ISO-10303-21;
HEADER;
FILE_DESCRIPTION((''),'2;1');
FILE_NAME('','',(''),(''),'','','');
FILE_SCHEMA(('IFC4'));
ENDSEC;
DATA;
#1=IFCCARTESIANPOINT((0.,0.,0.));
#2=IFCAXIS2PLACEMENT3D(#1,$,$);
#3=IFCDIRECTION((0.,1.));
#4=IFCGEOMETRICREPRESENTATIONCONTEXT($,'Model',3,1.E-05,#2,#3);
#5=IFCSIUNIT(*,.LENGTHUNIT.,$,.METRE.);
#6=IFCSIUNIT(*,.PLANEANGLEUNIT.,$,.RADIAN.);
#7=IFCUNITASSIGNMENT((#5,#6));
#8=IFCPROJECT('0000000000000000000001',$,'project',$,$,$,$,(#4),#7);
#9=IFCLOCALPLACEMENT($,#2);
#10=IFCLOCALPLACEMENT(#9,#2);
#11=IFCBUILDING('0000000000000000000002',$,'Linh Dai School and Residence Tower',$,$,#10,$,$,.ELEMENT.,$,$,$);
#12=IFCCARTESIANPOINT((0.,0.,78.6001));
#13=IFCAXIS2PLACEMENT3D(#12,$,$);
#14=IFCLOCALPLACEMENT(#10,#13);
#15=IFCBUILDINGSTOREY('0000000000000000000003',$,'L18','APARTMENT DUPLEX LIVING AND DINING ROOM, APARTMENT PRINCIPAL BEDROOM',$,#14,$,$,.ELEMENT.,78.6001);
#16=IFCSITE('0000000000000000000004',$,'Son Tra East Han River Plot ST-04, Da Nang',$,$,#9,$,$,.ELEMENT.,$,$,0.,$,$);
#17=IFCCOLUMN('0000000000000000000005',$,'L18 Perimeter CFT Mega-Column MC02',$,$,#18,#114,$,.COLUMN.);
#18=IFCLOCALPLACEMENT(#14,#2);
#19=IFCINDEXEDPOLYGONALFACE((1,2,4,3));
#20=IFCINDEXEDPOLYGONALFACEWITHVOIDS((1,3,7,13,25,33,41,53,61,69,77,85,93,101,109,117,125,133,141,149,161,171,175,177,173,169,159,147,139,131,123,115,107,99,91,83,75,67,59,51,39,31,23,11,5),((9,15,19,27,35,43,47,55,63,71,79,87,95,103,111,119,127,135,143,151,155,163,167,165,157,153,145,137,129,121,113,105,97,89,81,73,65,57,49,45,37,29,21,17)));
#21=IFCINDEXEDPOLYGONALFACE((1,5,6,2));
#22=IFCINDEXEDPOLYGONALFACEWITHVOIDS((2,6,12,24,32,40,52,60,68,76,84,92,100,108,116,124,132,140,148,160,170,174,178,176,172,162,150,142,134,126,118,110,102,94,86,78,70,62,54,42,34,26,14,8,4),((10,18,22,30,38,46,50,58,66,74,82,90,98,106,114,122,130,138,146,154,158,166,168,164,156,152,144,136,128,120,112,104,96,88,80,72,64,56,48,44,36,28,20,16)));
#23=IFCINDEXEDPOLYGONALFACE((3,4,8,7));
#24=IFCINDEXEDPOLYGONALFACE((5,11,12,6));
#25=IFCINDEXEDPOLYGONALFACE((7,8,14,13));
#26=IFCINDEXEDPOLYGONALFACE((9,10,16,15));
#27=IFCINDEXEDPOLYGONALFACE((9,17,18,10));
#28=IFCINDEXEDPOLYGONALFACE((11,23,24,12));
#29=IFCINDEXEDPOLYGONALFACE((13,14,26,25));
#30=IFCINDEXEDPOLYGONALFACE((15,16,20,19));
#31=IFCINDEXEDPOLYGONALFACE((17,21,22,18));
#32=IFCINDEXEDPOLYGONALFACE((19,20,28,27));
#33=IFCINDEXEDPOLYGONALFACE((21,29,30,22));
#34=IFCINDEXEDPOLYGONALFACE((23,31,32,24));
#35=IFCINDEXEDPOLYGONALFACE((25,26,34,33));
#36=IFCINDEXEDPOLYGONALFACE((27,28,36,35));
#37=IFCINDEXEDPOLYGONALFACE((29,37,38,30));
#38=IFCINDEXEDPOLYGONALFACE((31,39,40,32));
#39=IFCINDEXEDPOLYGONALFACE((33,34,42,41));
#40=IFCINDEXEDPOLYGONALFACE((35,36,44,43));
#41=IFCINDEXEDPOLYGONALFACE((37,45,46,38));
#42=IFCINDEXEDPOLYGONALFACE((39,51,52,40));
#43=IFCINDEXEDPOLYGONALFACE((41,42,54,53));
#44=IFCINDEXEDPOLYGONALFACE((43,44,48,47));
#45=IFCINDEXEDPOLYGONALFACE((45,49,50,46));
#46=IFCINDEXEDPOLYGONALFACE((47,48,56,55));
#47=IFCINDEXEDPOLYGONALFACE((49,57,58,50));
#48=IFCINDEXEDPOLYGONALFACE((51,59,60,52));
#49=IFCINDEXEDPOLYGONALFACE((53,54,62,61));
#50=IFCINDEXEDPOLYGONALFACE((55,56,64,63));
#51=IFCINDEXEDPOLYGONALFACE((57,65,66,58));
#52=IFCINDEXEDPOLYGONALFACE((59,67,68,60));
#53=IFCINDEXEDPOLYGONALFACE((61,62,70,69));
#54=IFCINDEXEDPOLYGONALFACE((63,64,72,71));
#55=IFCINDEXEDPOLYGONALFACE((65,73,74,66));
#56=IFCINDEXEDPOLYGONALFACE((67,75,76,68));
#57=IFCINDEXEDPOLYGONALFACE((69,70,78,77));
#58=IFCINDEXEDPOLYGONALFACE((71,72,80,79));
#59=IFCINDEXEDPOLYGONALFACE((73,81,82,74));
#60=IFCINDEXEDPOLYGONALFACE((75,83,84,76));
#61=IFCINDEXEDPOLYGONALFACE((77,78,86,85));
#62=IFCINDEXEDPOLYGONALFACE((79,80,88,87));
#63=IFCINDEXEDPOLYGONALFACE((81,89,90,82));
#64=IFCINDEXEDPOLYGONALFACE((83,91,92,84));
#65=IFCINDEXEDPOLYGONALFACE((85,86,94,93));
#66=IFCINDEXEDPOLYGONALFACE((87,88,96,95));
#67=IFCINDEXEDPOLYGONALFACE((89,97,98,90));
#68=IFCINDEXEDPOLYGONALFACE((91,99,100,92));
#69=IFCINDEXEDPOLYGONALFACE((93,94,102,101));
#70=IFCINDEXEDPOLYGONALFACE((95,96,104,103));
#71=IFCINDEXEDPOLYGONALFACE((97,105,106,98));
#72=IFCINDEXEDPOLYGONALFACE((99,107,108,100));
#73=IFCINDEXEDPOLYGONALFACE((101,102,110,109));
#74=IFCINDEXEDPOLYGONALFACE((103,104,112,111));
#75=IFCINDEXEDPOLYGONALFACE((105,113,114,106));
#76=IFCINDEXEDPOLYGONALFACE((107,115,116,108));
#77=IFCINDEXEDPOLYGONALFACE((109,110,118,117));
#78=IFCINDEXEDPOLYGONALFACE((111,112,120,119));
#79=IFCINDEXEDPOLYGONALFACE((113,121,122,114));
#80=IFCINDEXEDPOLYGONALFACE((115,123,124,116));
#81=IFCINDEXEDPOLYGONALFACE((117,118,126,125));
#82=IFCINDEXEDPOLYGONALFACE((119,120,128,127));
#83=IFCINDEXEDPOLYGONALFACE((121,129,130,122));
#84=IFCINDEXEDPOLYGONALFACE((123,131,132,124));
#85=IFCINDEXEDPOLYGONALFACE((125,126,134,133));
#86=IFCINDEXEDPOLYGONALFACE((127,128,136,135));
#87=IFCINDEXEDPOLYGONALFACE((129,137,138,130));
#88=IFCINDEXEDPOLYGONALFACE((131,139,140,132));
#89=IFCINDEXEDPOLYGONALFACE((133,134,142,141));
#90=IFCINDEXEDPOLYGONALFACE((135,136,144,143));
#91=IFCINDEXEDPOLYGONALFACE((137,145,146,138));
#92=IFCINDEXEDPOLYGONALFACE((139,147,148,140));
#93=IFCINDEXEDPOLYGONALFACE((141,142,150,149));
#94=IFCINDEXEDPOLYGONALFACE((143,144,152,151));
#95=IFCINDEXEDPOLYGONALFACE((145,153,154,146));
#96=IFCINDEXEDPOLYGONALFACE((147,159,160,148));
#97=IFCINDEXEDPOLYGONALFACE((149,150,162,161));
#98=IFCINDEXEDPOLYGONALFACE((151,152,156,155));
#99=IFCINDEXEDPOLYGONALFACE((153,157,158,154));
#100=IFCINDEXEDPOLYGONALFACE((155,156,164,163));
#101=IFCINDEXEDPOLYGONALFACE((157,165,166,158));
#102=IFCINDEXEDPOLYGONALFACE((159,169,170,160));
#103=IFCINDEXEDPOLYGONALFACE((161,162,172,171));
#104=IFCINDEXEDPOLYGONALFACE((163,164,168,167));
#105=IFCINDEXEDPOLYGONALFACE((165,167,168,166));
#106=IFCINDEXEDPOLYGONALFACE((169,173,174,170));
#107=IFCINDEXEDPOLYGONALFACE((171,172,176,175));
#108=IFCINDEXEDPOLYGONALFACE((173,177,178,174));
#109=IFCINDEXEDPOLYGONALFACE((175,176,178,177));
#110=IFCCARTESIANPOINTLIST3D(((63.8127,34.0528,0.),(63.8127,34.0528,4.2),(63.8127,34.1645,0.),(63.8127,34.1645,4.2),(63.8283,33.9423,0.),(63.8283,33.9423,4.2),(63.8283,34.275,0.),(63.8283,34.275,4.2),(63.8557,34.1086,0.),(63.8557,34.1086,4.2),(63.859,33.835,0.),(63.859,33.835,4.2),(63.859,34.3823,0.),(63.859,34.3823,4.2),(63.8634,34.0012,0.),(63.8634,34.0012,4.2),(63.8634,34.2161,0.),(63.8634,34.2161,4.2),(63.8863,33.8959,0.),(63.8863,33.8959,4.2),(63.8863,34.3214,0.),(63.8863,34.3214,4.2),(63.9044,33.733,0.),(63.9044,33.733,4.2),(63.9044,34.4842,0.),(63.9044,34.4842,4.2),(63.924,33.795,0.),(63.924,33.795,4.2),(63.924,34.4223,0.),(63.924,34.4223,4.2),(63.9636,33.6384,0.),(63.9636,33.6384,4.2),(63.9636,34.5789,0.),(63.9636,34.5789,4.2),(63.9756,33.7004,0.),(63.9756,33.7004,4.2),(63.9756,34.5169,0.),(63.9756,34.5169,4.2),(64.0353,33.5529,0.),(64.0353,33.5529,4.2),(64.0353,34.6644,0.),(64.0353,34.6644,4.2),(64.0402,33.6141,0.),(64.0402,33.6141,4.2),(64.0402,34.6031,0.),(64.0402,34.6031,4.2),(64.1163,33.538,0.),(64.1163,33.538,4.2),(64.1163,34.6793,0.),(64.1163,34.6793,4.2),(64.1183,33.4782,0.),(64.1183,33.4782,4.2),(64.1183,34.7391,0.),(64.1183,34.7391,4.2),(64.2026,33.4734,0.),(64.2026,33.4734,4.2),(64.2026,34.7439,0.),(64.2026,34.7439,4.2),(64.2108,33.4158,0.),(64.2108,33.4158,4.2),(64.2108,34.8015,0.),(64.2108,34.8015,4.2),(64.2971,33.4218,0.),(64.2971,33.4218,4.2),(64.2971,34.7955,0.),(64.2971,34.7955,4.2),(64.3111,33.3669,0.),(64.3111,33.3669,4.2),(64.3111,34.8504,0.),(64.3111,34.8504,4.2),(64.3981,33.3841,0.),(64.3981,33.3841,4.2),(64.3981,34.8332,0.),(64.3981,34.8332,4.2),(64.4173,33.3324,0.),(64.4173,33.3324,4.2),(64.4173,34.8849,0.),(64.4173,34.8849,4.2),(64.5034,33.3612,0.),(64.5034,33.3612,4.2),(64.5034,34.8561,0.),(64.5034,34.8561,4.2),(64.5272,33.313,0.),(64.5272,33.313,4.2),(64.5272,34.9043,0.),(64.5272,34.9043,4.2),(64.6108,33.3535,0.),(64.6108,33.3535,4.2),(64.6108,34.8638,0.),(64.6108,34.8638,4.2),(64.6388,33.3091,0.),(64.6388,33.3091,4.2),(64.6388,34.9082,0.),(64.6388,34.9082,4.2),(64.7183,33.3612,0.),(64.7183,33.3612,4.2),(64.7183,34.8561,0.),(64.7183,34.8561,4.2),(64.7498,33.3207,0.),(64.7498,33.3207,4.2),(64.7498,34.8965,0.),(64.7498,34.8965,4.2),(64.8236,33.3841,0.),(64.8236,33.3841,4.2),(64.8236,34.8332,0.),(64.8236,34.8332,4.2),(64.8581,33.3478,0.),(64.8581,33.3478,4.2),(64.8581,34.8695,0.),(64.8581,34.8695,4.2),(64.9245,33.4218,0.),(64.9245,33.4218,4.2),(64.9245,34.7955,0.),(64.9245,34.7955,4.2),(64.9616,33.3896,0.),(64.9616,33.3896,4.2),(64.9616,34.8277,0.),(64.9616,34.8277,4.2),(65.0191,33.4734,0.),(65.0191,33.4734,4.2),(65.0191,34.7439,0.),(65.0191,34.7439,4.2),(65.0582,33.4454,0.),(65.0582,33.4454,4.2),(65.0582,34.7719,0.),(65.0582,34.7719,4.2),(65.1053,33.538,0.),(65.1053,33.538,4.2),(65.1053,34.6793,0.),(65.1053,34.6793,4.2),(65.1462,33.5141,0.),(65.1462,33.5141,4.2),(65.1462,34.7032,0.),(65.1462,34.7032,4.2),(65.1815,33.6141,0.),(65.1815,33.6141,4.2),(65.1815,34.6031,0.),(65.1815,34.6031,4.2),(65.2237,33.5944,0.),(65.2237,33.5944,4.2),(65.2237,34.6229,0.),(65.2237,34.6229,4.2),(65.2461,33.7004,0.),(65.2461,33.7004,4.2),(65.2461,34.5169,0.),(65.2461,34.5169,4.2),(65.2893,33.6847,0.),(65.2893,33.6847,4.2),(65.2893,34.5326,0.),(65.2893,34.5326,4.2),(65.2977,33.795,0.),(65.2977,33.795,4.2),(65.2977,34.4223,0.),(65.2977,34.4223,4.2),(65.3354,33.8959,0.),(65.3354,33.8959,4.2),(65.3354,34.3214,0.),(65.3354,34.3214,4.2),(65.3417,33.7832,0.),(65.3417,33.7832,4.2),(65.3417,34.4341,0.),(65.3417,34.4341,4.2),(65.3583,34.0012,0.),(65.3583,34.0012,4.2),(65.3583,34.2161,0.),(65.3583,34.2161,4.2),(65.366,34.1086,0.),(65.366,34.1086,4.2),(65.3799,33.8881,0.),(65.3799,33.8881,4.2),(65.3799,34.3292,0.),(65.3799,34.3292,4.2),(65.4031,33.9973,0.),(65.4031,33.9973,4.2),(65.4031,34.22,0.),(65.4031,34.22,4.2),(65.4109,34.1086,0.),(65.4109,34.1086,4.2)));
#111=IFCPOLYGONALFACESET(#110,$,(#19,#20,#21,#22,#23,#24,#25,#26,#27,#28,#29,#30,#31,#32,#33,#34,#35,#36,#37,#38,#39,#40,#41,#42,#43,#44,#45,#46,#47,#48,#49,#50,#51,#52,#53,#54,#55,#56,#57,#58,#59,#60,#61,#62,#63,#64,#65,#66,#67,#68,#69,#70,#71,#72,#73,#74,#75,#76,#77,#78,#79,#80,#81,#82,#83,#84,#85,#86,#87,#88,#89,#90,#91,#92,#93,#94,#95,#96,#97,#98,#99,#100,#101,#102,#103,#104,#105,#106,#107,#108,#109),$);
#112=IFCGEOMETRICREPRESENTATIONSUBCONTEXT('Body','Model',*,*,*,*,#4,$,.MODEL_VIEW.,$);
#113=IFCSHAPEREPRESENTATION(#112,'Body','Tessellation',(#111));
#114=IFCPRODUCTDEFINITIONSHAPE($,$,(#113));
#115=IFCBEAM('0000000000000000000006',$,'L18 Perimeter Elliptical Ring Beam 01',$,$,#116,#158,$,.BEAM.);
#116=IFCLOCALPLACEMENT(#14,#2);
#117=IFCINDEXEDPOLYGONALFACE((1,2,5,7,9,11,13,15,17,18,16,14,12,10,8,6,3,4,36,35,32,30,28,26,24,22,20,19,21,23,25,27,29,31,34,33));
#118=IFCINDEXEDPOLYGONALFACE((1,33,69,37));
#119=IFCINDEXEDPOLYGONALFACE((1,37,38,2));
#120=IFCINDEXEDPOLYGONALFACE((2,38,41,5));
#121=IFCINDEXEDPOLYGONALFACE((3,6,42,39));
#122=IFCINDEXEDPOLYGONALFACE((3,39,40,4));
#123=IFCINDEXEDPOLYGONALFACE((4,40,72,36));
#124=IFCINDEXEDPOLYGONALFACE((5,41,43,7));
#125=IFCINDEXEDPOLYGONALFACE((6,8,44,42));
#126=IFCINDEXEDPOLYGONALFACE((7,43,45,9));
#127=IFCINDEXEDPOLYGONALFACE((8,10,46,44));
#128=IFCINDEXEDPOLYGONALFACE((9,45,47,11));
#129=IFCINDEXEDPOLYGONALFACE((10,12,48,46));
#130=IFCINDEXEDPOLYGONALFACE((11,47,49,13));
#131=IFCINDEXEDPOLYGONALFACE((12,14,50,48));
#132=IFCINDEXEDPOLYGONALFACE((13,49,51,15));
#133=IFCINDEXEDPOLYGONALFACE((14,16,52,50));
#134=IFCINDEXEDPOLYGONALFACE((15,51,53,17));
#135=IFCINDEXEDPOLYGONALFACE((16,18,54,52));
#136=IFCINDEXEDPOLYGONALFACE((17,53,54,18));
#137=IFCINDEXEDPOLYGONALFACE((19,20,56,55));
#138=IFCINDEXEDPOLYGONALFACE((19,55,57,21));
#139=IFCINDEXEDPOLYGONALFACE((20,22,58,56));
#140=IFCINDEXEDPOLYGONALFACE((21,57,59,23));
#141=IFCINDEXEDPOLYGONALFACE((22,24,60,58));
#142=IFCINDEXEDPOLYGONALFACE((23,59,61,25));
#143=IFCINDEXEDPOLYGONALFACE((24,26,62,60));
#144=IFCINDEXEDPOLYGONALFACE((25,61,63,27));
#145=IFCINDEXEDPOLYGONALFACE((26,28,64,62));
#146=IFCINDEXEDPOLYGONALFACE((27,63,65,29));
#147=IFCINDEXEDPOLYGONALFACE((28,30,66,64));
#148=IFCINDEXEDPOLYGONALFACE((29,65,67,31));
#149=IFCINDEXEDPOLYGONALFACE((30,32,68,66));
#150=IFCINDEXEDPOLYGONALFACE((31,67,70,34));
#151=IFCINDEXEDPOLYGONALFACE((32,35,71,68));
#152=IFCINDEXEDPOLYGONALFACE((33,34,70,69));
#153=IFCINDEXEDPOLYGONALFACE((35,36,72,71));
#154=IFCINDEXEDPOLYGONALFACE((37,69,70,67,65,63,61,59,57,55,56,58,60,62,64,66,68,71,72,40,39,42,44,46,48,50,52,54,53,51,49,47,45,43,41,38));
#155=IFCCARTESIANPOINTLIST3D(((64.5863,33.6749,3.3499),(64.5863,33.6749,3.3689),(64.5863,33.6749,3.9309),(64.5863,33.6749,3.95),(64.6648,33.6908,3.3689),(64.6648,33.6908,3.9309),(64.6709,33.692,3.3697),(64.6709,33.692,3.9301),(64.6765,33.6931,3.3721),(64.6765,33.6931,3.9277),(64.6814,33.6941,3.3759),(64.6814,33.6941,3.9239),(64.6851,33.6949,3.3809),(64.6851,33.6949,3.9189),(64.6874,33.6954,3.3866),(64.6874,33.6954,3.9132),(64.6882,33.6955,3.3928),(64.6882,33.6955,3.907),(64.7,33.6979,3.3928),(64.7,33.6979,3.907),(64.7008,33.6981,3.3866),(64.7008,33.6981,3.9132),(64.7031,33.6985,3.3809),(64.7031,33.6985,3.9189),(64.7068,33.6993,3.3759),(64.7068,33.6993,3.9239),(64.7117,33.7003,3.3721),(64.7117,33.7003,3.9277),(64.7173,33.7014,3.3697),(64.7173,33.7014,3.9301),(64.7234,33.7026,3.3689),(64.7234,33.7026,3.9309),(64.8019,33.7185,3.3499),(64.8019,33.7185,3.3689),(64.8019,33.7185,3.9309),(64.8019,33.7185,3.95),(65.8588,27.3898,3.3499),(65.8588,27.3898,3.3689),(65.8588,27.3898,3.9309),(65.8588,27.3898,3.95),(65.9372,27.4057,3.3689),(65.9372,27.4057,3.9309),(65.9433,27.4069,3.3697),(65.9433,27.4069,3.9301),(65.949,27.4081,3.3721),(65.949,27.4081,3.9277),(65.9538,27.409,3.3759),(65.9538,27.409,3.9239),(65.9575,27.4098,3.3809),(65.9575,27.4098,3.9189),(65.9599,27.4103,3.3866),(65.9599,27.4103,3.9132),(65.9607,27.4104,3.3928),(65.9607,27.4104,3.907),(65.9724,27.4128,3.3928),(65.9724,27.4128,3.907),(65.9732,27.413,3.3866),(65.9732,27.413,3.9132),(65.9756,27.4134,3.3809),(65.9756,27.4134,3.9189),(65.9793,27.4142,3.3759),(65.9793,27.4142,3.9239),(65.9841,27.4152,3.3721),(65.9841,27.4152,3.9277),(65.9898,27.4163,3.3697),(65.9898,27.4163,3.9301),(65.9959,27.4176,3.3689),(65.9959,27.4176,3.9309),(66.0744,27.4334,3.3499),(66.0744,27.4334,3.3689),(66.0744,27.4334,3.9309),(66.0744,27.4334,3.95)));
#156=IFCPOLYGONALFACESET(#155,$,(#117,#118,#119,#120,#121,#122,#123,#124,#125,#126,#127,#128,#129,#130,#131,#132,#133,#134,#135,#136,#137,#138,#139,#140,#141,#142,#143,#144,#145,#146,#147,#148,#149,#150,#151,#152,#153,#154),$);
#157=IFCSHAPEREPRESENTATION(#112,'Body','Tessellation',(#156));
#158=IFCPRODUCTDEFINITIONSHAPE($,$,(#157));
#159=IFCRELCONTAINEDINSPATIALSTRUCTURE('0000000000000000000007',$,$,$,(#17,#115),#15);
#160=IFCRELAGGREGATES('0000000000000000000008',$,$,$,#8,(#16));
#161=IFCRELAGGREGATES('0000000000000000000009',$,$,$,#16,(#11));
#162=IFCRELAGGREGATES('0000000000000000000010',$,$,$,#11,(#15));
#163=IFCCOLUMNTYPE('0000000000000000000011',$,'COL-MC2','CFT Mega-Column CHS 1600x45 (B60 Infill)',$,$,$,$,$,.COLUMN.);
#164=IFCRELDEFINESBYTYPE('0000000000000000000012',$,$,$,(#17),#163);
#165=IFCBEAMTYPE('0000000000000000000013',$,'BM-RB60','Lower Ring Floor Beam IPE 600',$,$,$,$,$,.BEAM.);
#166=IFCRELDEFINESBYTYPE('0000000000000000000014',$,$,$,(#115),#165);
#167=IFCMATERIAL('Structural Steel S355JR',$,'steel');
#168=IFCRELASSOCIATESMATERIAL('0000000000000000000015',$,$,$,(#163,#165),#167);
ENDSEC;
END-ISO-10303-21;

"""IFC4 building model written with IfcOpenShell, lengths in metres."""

from ifc_helpers import new_model, si_unit, direction, frame, origin, origin_2d, place, context, subcontext, project, spatial, hollow_circle, i_section, extrude, material, material_profile, profile_set, type_object, element, save


model = new_model("IFC4")

# Units and contexts
model_context = context("Model", 3, precision=1e-05, world=origin(), true_north=direction((0.0, 1.0)))
body_context = subcontext(model_context, "Body", "Model", "MODEL_VIEW")
ifc_project = project(units=[si_unit("LENGTHUNIT", "METRE"), si_unit("PLANEANGLEUNIT", "RADIAN")], contexts=[model_context])

# Site, building, storey
site_placement = place(None, origin())
site = spatial("IfcSite", under=ifc_project, at=site_placement, Name="Son Tra East Han River Plot ST-04, Da Nang", CompositionType="ELEMENT", RefElevation=0.0)
building_placement = place(site_placement, origin())
building = spatial("IfcBuilding", under=site, at=building_placement, Name="Linh Dai School and Residence Tower", CompositionType="ELEMENT")
storey_placement = place(building_placement, frame((0.0, 0.0, 78.6001)))
storey = spatial("IfcBuildingStorey", under=building, at=storey_placement, Name="L18", Description="APARTMENT DUPLEX LIVING AND DINING ROOM, APARTMENT PRINCIPAL BEDROOM", CompositionType="ELEMENT", Elevation=78.6001)

# Column
ifc_material_1 = material(Name="Structural Steel S355JR", Category="steel")
ifc_material_profile_1 = material_profile(ifc_material_1, hollow_circle(Radius=0.8, WallThickness=0.0449, at=origin_2d()), Name="CHS 1600x45")
ifc_profile_set_1 = profile_set([ifc_material_profile_1], Name="Structural Steel S355JR")
column_type = type_object("IfcColumnType", Name="COL-MC2", Description="CFT Mega-Column CHS 1600x45 (B60 Infill)", PredefinedType="COLUMN", material=ifc_profile_set_1)
for number, where, z_axis, x_axis, name in (
    (1, (64.6108, 34.1086, 0.0), (0.0, 0.0, 1.0), (1.0, 0.0, 0.0), "L18 Perimeter CFT Mega-Column MC02"),
):
    element("IfcColumn", number, at=place(storey_placement, frame(where, z_axis=z_axis, x_axis=x_axis)), inside=storey, type_object=column_type, Name=name, PredefinedType="COLUMN", context=body_context, shape_type="SweptSolid", body=[
        extrude(hollow_circle(Radius=0.8, WallThickness=0.0449, at=origin_2d()), origin(), (0.0, 0.0, 1.0), 4.2),
    ])

# Beam
ifc_material_profile_2 = material_profile(ifc_material_1, i_section(OverallWidth=0.22, OverallDepth=0.6001, WebThickness=0.012, FlangeThickness=0.019, FilletRadius=0.0239, at=origin_2d()), Name="IPE 600")
ifc_profile_set_2 = profile_set([ifc_material_profile_2], Name="Structural Steel S355JR")
beam_type_1 = type_object("IfcBeamType", Name="BM-RB60", Description="Lower Ring Floor Beam IPE 600", PredefinedType="BEAM", material=ifc_profile_set_2)
beam_1_placement = place(storey_placement, frame((65.9666, 27.4116, 3.6499), z_axis=(-0.198429, 0.980115, 0.0), x_axis=(-0.980115, -0.198429, 0.0)))
element("IfcBeam", 2, at=beam_1_placement, inside=storey, type_object=beam_type_1, Name="L18 Perimeter Elliptical Ring Beam 01", PredefinedType="BEAM", context=body_context, shape_type="SweptSolid", body=[
    extrude(i_section(OverallWidth=0.22, OverallDepth=0.6001, WebThickness=0.012, FlangeThickness=0.019, FilletRadius=0.0239, at=origin_2d()), origin(), (0.0, 0.0, 1.0), 6.4126),
])

save(model, "model.ifc")
